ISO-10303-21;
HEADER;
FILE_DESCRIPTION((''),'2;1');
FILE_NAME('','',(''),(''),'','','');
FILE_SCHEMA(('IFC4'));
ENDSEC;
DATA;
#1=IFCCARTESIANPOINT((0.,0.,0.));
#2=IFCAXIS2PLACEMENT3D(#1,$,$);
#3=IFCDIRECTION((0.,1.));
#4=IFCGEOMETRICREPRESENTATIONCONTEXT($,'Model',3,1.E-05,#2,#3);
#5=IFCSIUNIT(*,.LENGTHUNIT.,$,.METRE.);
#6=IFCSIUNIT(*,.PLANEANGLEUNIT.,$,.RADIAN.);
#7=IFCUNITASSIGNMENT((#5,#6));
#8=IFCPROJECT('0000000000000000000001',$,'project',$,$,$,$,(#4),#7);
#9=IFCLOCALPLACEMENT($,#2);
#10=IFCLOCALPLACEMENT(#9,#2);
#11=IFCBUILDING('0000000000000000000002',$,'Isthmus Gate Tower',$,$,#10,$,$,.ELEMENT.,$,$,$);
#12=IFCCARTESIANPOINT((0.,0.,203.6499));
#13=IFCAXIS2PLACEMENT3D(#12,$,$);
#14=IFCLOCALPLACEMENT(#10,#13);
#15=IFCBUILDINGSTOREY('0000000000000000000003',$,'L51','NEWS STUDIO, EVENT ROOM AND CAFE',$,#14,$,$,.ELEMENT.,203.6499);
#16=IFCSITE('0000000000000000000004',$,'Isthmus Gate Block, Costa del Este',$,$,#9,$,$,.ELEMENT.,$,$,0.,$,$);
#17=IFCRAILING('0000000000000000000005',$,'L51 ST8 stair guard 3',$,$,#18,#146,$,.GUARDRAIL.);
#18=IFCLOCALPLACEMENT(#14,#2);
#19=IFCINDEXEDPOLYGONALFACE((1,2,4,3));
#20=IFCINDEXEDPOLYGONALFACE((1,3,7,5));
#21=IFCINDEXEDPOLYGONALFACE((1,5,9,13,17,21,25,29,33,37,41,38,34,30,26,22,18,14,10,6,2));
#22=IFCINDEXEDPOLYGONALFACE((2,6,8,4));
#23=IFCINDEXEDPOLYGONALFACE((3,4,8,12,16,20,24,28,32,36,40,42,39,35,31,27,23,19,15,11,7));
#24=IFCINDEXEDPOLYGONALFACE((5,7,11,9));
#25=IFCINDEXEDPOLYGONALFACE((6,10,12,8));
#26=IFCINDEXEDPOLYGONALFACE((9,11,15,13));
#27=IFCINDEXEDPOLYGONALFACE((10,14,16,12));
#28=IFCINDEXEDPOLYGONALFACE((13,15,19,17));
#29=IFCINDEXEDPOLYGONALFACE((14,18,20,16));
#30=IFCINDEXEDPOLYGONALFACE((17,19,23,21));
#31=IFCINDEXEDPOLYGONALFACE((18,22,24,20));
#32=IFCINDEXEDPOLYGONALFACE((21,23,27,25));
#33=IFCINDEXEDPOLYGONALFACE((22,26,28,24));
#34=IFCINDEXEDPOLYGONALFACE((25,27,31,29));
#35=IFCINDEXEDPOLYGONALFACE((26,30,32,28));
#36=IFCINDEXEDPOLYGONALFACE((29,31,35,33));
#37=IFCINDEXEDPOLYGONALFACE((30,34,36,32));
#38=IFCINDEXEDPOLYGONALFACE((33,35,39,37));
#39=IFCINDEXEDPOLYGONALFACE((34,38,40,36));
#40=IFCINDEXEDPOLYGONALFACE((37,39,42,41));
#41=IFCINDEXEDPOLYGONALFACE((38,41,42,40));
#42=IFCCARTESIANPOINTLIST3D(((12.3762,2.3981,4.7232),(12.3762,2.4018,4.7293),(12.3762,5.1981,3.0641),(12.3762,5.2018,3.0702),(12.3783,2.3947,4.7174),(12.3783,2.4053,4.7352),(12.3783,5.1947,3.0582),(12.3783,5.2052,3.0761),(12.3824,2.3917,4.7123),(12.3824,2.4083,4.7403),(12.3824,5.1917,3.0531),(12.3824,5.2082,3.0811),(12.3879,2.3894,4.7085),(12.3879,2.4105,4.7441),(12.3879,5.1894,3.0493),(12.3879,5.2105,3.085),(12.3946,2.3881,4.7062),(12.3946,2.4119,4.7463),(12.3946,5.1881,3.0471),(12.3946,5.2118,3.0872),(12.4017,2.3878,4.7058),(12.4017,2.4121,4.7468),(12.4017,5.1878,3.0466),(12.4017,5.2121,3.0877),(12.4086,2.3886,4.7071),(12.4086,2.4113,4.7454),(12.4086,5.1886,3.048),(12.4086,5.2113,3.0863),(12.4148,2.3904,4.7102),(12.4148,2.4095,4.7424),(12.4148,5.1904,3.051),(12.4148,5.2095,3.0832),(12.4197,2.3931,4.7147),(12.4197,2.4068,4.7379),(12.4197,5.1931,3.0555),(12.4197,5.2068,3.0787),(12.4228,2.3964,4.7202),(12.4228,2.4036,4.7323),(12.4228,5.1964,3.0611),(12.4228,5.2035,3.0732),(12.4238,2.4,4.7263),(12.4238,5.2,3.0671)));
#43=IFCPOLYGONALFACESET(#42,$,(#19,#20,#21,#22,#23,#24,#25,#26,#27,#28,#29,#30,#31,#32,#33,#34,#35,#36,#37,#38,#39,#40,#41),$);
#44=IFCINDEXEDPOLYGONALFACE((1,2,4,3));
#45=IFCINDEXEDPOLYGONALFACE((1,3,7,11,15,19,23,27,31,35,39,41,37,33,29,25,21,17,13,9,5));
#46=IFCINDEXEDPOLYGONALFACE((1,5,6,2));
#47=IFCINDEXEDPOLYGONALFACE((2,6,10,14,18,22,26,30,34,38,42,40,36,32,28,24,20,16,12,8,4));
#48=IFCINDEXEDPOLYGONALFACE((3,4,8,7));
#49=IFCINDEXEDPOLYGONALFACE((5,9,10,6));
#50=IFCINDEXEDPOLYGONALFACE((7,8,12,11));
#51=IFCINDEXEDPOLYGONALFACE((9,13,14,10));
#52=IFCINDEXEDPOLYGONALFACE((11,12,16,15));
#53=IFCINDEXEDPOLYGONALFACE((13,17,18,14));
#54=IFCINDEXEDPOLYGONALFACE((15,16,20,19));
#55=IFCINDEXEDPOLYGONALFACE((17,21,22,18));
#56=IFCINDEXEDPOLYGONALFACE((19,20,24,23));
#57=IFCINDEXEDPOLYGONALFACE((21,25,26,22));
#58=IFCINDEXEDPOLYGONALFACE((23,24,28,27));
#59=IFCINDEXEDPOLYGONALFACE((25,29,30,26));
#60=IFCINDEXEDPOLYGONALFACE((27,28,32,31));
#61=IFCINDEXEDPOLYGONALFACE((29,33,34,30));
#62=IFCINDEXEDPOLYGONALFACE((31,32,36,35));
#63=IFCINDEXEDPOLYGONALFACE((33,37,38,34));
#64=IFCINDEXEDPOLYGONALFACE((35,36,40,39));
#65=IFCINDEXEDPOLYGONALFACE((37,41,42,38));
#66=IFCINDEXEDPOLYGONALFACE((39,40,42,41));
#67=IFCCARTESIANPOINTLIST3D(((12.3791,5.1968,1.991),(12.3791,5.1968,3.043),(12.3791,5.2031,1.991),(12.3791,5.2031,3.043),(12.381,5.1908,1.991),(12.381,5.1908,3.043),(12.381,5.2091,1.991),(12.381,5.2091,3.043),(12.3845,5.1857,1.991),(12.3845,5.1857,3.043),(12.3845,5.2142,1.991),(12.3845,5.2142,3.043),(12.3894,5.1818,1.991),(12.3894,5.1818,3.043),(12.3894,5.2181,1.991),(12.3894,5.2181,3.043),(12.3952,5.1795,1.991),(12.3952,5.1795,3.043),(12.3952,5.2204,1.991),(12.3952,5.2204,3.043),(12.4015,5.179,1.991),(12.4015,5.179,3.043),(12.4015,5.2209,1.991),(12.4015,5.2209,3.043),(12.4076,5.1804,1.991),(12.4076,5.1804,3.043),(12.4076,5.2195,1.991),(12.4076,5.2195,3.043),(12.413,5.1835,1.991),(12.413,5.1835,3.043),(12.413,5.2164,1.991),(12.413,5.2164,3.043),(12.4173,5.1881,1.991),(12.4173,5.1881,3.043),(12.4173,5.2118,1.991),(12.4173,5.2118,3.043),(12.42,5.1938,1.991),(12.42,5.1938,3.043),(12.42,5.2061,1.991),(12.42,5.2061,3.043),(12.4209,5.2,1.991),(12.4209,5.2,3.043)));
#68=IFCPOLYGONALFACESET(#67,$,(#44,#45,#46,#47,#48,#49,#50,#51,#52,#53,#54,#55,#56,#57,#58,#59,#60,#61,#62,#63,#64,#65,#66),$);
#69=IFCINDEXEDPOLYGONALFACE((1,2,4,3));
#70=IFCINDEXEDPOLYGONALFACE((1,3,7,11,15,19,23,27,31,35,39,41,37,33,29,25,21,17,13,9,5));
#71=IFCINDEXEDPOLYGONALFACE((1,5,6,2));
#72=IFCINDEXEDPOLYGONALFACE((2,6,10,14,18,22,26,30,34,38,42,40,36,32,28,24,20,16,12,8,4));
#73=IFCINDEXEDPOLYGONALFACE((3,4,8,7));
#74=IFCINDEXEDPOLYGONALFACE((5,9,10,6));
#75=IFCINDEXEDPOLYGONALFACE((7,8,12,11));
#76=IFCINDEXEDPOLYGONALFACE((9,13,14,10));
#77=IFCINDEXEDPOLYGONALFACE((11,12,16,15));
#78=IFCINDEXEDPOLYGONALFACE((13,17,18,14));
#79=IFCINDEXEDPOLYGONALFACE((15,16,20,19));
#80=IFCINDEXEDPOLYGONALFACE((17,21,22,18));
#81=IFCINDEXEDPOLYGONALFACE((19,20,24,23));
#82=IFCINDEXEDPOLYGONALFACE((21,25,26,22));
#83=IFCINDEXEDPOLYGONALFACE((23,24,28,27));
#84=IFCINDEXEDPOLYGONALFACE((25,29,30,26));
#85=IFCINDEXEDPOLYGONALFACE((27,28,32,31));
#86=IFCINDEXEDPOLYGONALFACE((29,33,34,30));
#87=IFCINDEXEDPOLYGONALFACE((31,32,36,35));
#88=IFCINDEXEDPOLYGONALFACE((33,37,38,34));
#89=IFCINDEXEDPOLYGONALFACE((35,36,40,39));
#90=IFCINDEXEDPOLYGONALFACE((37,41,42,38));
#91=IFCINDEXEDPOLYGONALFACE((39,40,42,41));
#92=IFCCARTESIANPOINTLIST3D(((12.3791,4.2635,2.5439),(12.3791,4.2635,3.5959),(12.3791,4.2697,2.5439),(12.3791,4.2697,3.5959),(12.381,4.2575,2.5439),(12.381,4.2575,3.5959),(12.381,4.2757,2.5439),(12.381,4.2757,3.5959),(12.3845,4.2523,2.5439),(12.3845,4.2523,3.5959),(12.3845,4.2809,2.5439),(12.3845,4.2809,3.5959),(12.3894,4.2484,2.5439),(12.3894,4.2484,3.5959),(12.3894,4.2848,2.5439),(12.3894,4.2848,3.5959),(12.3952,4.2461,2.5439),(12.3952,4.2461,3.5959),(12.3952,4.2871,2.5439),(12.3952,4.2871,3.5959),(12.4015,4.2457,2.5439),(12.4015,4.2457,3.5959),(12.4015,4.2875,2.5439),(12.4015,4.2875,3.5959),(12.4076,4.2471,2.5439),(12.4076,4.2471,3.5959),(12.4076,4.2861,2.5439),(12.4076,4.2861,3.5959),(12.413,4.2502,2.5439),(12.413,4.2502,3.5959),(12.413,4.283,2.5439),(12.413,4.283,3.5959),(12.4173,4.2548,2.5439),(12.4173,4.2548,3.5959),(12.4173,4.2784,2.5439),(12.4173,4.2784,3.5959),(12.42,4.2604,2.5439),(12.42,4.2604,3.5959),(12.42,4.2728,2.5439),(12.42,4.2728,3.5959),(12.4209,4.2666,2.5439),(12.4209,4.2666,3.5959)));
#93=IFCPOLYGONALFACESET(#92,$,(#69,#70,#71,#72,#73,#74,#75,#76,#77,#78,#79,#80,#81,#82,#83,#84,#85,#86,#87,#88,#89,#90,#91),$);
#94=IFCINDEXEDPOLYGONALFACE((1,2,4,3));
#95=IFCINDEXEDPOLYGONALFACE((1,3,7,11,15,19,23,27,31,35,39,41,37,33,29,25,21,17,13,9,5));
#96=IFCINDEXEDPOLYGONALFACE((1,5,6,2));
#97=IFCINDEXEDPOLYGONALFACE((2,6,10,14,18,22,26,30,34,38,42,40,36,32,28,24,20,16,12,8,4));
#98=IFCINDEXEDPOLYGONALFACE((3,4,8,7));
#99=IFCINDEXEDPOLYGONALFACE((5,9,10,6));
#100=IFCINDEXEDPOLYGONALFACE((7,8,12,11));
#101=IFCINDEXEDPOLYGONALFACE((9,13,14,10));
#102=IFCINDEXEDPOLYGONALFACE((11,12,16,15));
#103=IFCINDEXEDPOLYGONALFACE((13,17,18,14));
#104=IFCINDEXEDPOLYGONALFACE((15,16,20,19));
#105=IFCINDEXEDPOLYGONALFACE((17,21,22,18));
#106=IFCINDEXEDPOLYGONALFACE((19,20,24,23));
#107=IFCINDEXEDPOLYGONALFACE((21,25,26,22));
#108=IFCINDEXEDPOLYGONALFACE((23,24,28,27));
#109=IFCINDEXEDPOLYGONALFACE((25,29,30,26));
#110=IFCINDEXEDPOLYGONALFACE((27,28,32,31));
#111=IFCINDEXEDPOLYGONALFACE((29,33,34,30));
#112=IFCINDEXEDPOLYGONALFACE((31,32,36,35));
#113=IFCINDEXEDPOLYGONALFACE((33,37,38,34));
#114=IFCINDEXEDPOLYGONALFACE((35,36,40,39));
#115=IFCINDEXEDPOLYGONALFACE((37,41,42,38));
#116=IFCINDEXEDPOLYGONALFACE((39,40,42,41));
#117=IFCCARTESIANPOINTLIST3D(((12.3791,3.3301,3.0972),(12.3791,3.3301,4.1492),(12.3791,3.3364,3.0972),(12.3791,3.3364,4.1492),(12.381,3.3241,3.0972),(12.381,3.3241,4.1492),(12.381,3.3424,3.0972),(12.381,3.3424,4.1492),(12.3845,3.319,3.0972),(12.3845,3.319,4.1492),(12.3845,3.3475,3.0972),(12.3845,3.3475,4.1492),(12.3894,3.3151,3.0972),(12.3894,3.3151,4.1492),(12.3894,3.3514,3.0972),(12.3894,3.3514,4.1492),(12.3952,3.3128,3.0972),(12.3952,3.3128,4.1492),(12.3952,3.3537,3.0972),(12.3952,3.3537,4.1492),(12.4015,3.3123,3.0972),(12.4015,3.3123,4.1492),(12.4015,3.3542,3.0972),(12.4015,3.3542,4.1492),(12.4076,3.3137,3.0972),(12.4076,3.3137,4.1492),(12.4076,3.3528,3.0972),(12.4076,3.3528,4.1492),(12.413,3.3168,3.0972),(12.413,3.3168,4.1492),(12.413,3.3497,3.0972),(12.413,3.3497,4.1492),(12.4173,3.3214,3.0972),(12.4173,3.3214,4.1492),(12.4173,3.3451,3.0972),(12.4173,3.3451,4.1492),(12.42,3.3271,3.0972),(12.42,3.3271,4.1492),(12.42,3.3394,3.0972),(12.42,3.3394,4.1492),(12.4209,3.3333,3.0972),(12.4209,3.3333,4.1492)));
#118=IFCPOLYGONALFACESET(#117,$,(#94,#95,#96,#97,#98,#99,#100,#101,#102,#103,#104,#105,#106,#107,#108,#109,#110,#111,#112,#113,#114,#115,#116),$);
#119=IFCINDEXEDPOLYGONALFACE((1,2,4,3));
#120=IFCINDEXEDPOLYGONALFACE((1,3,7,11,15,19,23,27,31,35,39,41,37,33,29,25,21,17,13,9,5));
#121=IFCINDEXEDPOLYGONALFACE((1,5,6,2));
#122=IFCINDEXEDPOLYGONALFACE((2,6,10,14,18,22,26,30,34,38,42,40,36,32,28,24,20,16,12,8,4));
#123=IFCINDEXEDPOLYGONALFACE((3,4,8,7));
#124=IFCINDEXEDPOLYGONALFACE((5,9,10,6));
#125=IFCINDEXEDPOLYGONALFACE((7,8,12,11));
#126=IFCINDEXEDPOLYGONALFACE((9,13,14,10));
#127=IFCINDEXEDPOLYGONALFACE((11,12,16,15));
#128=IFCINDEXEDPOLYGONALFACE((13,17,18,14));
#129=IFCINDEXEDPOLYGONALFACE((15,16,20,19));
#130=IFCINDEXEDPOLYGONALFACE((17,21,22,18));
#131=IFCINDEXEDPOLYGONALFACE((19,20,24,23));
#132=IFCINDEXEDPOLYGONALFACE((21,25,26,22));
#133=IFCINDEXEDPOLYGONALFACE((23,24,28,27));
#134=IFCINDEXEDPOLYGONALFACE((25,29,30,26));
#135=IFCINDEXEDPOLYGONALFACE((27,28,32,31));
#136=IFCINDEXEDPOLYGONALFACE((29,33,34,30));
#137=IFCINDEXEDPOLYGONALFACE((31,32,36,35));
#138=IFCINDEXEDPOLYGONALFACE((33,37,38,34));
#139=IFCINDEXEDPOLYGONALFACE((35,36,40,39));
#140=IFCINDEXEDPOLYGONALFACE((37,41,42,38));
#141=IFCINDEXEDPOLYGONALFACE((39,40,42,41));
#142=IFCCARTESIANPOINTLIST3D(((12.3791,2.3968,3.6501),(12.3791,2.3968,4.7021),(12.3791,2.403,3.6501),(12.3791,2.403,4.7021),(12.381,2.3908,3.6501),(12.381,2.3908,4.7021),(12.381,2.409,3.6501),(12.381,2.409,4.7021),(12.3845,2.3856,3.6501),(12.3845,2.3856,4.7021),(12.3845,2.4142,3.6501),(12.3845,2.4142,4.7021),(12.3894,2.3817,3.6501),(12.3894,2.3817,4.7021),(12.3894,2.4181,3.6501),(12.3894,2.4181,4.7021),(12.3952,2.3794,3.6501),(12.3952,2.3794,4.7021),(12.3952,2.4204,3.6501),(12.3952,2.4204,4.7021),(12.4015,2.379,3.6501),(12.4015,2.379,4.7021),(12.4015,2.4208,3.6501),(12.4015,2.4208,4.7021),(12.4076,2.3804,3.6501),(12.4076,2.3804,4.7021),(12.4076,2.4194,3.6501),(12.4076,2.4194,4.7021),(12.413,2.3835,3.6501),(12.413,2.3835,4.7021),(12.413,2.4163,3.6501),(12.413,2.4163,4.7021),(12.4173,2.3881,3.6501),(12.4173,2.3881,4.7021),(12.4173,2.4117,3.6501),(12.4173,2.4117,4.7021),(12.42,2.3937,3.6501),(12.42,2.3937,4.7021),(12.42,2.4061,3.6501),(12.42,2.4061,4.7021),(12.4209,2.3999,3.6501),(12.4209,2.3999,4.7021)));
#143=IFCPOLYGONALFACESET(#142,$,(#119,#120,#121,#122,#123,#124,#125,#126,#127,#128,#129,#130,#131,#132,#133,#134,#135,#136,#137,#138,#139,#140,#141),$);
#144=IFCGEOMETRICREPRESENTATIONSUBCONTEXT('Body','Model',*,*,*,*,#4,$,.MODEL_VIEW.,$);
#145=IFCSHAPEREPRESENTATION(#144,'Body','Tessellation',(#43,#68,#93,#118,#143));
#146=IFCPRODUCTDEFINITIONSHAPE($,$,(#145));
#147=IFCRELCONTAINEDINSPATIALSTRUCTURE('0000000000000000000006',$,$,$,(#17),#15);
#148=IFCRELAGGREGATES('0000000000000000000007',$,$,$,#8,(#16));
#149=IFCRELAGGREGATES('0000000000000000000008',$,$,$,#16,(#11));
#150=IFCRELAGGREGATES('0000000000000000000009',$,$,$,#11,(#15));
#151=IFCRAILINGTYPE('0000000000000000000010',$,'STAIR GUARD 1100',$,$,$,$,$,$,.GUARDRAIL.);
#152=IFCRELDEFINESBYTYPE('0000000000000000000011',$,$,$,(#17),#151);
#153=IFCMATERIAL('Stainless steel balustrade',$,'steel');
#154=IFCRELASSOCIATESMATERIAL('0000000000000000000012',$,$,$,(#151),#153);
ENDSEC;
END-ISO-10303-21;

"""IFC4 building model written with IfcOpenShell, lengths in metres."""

from ifc_helpers import new_model, si_unit, direction, frame, origin, origin_2d, place, context, subcontext, project, spatial, circle, extrude, material, type_object, element, save


model = new_model("IFC4")

# Units and contexts
model_context = context("Model", 3, precision=1e-05, world=origin(), true_north=direction((0.0, 1.0)))
body_context = subcontext(model_context, "Body", "Model", "MODEL_VIEW")
ifc_project = project(units=[si_unit("LENGTHUNIT", "METRE"), si_unit("PLANEANGLEUNIT", "RADIAN")], contexts=[model_context])

# Site, building, storey
site_placement = place(None, origin())
site = spatial("IfcSite", under=ifc_project, at=site_placement, Name="Isthmus Gate Block, Costa del Este", CompositionType="ELEMENT", RefElevation=0.0)
building_placement = place(site_placement, origin())
building = spatial("IfcBuilding", under=site, at=building_placement, Name="Isthmus Gate Tower", CompositionType="ELEMENT")
storey_placement = place(building_placement, frame((0.0, 0.0, 203.6499)))
storey = spatial("IfcBuildingStorey", under=building, at=storey_placement, Name="L51", Description="NEWS STUDIO, EVENT ROOM AND CAFE", CompositionType="ELEMENT", Elevation=203.6499)

# Railing
ifc_material_1 = material(Name="Stainless steel balustrade", Category="steel")
railing_type_1 = type_object("IfcRailingType", Name="STAIR GUARD 1100", PredefinedType="GUARDRAIL", material=ifc_material_1)
railing_1_placement = place(storey_placement, frame((12.3999, 5.2, 1.991)))
element("IfcRailing", 1, at=railing_1_placement, inside=storey, type_object=railing_type_1, Name="L51 ST8 stair guard 3", PredefinedType="GUARDRAIL", context=body_context, shape_type="SweptSolid", body=[
    extrude(circle(Radius=0.0239, at=origin_2d()), frame((0.0, 0.0, 1.0762), z_axis=(0.0, -0.860306, 0.509778), x_axis=(1.0, 0.0, 0.0)), (0.0, 0.0, 1.0), 3.2546),
    extrude(circle(Radius=0.021, at=origin_2d()), origin(), (0.0, 0.0, 1.0), 1.052),
    extrude(circle(Radius=0.021, at=origin_2d()), frame((0.0, -0.9333, 0.553)), (0.0, 0.0, 1.0), 1.052),
    extrude(circle(Radius=0.021, at=origin_2d()), frame((0.0, -1.8667, 1.1062)), (0.0, 0.0, 1.0), 1.052),
    extrude(circle(Radius=0.021, at=origin_2d()), frame((0.0, -2.8, 1.6592)), (0.0, 0.0, 1.0), 1.052),
])

save(model, "model.ifc")
